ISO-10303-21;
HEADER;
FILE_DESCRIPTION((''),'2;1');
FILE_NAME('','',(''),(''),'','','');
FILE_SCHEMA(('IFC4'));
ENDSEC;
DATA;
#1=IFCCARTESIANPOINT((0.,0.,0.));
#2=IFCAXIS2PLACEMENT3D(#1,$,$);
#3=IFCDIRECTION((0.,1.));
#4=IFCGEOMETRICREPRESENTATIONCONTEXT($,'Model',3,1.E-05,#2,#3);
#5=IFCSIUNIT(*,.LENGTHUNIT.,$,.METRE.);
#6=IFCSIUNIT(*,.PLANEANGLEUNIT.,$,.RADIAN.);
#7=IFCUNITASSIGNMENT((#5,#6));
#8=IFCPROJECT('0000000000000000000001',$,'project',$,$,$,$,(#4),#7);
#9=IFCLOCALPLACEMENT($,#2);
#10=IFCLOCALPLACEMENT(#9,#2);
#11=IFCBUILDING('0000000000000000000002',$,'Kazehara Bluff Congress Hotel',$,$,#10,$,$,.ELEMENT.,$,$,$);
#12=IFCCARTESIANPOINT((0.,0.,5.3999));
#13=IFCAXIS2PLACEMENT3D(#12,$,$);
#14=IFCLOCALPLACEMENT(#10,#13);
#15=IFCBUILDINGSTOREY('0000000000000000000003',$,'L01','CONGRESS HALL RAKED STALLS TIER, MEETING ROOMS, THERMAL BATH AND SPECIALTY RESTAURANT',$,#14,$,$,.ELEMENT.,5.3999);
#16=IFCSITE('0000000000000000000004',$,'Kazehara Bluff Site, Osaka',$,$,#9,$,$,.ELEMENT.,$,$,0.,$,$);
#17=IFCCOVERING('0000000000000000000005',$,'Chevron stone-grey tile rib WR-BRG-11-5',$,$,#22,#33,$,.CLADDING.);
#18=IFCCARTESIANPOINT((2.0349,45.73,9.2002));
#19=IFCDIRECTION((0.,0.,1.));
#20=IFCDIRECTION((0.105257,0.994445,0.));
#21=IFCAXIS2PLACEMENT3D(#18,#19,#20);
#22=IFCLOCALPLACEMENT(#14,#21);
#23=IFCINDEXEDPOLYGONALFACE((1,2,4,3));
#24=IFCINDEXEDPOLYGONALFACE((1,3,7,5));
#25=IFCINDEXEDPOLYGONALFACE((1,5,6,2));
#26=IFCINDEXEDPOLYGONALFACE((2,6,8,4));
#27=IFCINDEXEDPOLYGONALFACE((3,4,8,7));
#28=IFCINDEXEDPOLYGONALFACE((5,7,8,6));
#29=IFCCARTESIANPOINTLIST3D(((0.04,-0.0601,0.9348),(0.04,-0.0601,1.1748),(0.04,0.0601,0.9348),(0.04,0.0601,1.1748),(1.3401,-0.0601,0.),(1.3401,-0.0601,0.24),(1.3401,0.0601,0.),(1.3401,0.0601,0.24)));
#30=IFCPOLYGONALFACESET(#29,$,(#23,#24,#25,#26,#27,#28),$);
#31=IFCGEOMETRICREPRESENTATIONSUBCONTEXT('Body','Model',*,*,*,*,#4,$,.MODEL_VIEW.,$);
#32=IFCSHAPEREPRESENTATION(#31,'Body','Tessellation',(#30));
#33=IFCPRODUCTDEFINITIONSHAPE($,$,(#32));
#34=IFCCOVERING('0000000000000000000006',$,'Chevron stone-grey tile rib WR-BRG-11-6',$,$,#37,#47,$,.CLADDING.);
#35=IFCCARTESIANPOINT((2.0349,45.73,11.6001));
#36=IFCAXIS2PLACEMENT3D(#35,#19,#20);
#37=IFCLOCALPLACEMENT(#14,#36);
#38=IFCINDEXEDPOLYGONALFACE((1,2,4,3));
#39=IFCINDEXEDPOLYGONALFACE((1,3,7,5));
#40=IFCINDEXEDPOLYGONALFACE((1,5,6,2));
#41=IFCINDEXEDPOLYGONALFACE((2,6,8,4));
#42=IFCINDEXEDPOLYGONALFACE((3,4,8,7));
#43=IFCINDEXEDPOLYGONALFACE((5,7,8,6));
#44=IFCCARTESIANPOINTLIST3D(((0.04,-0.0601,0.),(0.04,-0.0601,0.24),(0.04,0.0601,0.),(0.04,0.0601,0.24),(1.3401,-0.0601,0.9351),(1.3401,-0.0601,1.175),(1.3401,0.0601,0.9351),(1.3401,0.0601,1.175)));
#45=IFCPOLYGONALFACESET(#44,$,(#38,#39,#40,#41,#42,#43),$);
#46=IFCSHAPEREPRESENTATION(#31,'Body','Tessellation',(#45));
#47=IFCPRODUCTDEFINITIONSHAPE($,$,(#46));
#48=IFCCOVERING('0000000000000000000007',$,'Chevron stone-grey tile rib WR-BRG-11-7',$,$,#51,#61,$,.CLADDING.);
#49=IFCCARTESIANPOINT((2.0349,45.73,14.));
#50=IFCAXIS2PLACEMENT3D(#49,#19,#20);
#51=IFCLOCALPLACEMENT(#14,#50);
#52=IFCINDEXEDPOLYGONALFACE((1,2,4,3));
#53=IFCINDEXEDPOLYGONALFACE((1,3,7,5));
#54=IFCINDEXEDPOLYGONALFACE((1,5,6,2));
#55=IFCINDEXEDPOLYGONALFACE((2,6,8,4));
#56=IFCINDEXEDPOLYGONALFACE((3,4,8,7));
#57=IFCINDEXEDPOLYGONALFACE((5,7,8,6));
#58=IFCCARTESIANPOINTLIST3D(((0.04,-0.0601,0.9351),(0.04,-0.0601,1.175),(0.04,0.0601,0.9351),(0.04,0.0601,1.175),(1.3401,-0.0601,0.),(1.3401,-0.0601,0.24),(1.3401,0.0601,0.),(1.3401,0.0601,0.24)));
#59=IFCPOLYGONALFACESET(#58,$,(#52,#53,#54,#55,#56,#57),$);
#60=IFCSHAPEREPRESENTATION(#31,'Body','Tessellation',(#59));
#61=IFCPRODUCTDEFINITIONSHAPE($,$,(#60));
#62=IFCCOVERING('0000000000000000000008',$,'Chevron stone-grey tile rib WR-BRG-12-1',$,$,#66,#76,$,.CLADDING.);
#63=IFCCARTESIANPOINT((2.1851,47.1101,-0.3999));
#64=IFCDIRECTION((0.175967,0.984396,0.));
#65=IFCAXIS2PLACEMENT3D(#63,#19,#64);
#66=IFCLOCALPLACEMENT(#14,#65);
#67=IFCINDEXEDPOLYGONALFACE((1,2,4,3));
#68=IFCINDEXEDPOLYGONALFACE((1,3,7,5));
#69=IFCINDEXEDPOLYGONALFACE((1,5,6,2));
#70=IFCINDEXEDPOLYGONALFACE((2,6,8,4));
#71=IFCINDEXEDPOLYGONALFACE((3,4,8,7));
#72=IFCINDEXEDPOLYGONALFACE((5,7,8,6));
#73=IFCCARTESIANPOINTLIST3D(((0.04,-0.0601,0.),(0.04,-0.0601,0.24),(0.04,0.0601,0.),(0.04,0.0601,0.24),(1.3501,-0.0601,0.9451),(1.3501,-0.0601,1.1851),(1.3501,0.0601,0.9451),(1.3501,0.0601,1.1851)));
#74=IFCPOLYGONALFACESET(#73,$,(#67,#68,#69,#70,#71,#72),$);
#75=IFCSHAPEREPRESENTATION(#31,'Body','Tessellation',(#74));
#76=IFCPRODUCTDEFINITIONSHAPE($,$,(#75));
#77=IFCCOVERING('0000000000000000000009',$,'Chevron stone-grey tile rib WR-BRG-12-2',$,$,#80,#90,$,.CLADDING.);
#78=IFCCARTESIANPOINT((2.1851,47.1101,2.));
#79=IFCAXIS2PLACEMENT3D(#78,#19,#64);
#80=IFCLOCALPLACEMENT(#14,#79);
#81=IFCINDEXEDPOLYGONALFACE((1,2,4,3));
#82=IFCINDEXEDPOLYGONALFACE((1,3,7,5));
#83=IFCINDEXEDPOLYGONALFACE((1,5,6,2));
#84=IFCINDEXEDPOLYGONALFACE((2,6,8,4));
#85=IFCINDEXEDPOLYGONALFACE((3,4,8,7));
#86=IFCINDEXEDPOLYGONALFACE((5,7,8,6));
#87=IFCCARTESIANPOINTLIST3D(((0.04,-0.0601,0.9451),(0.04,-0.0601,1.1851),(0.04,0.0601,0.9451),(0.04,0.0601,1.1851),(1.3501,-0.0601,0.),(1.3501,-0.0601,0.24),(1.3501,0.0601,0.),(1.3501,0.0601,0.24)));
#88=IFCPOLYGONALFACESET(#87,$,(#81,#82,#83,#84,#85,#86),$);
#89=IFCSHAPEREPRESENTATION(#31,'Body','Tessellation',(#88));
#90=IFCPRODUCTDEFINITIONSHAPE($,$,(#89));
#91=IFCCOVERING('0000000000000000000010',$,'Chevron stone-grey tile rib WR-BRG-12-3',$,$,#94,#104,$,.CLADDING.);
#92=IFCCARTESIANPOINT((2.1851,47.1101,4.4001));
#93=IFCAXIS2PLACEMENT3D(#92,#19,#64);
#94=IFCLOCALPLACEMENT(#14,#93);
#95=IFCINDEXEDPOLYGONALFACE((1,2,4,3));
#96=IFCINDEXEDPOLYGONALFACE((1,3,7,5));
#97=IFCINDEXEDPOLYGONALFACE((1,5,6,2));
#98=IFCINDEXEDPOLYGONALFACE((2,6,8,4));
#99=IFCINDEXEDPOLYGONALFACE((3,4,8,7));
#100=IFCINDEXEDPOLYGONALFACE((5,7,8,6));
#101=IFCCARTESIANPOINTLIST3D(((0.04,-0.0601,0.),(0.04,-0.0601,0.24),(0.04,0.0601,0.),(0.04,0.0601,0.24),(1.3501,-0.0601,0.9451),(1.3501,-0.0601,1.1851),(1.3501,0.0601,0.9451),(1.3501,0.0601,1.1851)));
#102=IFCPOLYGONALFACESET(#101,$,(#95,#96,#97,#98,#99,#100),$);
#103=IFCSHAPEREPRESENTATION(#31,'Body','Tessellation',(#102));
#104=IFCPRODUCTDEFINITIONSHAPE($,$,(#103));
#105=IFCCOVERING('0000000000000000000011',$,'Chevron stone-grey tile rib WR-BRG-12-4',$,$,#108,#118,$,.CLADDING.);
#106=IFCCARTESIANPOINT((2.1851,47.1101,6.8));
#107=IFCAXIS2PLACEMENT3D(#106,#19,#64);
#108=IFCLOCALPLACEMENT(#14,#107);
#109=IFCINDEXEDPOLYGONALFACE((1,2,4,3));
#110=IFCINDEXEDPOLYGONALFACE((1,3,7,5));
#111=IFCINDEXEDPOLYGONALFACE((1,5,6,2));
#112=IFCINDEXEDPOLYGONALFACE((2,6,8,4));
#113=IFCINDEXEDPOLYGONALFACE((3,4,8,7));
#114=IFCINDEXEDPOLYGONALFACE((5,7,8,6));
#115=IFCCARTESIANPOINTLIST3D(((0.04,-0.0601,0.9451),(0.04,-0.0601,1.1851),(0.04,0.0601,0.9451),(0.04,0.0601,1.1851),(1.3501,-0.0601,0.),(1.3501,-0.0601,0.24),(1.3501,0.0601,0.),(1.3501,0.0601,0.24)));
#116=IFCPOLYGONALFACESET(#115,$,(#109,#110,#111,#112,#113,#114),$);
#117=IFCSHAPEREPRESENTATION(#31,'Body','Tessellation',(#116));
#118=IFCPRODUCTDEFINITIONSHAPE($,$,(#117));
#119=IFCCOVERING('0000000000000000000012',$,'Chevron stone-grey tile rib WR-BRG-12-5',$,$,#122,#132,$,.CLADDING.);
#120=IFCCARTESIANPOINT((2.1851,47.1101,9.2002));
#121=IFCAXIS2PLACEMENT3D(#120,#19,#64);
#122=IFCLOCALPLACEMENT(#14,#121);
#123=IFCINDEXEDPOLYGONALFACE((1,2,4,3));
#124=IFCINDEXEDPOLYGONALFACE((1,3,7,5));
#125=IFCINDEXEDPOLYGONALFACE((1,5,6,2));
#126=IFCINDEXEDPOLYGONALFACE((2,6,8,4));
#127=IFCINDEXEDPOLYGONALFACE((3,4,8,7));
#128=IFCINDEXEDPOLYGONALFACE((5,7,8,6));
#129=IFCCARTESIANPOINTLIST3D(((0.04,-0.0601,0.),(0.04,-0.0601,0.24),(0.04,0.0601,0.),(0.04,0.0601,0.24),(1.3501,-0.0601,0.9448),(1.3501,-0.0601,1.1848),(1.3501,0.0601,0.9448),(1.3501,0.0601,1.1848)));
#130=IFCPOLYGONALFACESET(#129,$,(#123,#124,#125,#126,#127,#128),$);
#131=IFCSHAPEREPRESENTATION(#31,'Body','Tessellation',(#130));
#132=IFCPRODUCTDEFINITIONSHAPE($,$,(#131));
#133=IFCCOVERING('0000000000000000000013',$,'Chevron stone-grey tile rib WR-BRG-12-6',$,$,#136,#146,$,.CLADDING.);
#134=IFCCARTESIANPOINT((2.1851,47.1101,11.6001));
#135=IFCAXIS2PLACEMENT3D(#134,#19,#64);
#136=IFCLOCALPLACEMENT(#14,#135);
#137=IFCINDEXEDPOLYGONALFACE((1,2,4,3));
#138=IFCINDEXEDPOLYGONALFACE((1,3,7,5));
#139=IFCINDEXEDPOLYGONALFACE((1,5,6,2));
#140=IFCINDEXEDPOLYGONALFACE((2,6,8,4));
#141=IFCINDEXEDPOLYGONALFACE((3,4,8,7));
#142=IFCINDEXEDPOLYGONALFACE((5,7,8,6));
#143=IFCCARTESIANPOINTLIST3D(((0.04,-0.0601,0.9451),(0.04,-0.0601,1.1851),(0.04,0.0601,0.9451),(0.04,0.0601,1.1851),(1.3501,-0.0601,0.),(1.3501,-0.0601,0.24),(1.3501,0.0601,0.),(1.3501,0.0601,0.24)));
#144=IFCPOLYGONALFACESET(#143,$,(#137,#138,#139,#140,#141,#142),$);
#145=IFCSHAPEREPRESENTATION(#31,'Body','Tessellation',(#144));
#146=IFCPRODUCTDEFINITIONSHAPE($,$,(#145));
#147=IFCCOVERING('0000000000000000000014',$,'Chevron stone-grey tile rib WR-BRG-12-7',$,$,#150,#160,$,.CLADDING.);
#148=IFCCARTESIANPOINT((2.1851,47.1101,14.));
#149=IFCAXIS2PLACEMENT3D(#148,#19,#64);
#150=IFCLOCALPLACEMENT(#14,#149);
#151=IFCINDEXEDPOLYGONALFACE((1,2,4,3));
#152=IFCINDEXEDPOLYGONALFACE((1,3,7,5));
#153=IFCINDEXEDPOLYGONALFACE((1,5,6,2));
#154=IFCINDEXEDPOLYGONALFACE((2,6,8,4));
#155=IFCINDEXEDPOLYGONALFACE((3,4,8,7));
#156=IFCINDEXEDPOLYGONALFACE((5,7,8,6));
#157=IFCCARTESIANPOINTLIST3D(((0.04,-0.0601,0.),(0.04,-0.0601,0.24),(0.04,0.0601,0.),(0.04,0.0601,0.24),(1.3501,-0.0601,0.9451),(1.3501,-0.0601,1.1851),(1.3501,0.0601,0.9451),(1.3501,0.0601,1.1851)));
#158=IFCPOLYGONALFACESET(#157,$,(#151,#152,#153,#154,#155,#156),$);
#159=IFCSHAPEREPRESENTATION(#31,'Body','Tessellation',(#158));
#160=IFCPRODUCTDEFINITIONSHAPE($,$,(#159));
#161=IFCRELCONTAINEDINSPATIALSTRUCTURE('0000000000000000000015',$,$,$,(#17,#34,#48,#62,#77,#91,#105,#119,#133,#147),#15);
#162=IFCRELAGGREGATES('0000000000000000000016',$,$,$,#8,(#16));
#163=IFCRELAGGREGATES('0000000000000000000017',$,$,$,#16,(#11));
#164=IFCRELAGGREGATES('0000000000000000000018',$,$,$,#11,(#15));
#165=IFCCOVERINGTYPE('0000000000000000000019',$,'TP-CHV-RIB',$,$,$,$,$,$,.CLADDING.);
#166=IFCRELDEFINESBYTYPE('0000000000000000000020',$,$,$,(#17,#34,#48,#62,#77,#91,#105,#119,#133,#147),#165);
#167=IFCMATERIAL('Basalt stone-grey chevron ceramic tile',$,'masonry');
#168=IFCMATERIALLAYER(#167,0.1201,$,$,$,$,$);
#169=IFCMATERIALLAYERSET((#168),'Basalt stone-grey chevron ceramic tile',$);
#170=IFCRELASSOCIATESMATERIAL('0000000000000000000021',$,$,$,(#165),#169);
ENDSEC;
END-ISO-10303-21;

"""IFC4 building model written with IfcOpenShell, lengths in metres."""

from ifc_helpers import new_model, si_unit, direction, frame, origin, place, context, subcontext, project, spatial, polyline, outline, extrude, material, layer, layer_set, type_object, element, save


model = new_model("IFC4")

# Units and contexts
model_context = context("Model", 3, precision=1e-05, world=origin(), true_north=direction((0.0, 1.0)))
body_context = subcontext(model_context, "Body", "Model", "MODEL_VIEW")
ifc_project = project(units=[si_unit("LENGTHUNIT", "METRE"), si_unit("PLANEANGLEUNIT", "RADIAN")], contexts=[model_context])

# Site, building, storey
site_placement = place(None, origin())
site = spatial("IfcSite", under=ifc_project, at=site_placement, Name="Kazehara Bluff Site, Osaka", CompositionType="ELEMENT", RefElevation=0.0)
building_placement = place(site_placement, origin())
building = spatial("IfcBuilding", under=site, at=building_placement, Name="Kazehara Bluff Congress Hotel", CompositionType="ELEMENT")
storey_placement = place(building_placement, frame((0.0, 0.0, 5.3999)))
storey = spatial("IfcBuildingStorey", under=building, at=storey_placement, Name="L01", Description="CONGRESS HALL RAKED STALLS TIER, MEETING ROOMS, THERMAL BATH AND SPECIALTY RESTAURANT", CompositionType="ELEMENT", Elevation=5.3999)

# Coverings
ifc_material_1 = material(Name="Basalt stone-grey chevron ceramic tile", Category="masonry")
ifc_layer_1 = layer(ifc_material_1, 0.1201)
ifc_layer_set_1 = layer_set([ifc_layer_1], Name="Basalt stone-grey chevron ceramic tile")
covering_type_1 = type_object("IfcCoveringType", Name="TP-CHV-RIB", PredefinedType="CLADDING", material=ifc_layer_set_1)
covering_1_placement = place(storey_placement, frame((2.0349, 45.73, 9.2002), z_axis=(0.0, 0.0, 1.0), x_axis=(0.105257, 0.994445, 0.0)))
element("IfcCovering", 1, at=covering_1_placement, inside=storey, type_object=covering_type_1, Name="Chevron stone-grey tile rib WR-BRG-11-5", PredefinedType="CLADDING", context=body_context, shape_type="SweptSolid", body=[
    extrude(outline(polyline([(0.04, 0.9348), (1.3401, 0.0), (1.3401, 0.24), (0.04, 1.1748), (0.04, 0.9348)])), frame((0.0, 0.0601, 0.0), z_axis=(0.0, -1.0, 0.0), x_axis=(1.0, 0.0, 0.0)), (0.0, 0.0, 1.0), 0.1201),
])
covering_2_placement = place(storey_placement, frame((2.0349, 45.73, 11.6001), z_axis=(0.0, 0.0, 1.0), x_axis=(0.105257, 0.994445, 0.0)))
element("IfcCovering", 2, at=covering_2_placement, inside=storey, type_object=covering_type_1, Name="Chevron stone-grey tile rib WR-BRG-11-6", PredefinedType="CLADDING", context=body_context, shape_type="SweptSolid", body=[
    extrude(outline(polyline([(0.04, 0.0), (1.3401, 0.9351), (1.3401, 1.175), (0.04, 0.24), (0.04, 0.0)])), frame((0.0, 0.0601, 0.0), z_axis=(0.0, -1.0, 0.0), x_axis=(1.0, 0.0, 0.0)), (0.0, 0.0, 1.0), 0.1201),
])
covering_3_placement = place(storey_placement, frame((2.0349, 45.73, 14.0), z_axis=(0.0, 0.0, 1.0), x_axis=(0.105257, 0.994445, 0.0)))
element("IfcCovering", 3, at=covering_3_placement, inside=storey, type_object=covering_type_1, Name="Chevron stone-grey tile rib WR-BRG-11-7", PredefinedType="CLADDING", context=body_context, shape_type="SweptSolid", body=[
    extrude(outline(polyline([(0.04, 0.9351), (1.3401, 0.0), (1.3401, 0.24), (0.04, 1.175), (0.04, 0.9351)])), frame((0.0, 0.0601, 0.0), z_axis=(0.0, -1.0, 0.0), x_axis=(1.0, 0.0, 0.0)), (0.0, 0.0, 1.0), 0.1201),
])
covering_4_placement = place(storey_placement, frame((2.1851, 47.1101, -0.3999), z_axis=(0.0, 0.0, 1.0), x_axis=(0.175967, 0.984396, 0.0)))
element("IfcCovering", 4, at=covering_4_placement, inside=storey, type_object=covering_type_1, Name="Chevron stone-grey tile rib WR-BRG-12-1", PredefinedType="CLADDING", context=body_context, shape_type="SweptSolid", body=[
    extrude(outline(polyline([(0.04, 0.0), (1.3501, 0.9451), (1.3501, 1.1851), (0.04, 0.24), (0.04, 0.0)])), frame((0.0, 0.0601, 0.0), z_axis=(0.0, -1.0, 0.0), x_axis=(1.0, 0.0, 0.0)), (0.0, 0.0, 1.0), 0.1201),
])
covering_5_placement = place(storey_placement, frame((2.1851, 47.1101, 2.0), z_axis=(0.0, 0.0, 1.0), x_axis=(0.175967, 0.984396, 0.0)))
element("IfcCovering", 5, at=covering_5_placement, inside=storey, type_object=covering_type_1, Name="Chevron stone-grey tile rib WR-BRG-12-2", PredefinedType="CLADDING", context=body_context, shape_type="SweptSolid", body=[
    extrude(outline(polyline([(0.04, 0.9451), (1.3501, 0.0), (1.3501, 0.24), (0.04, 1.1851), (0.04, 0.9451)])), frame((0.0, 0.0601, 0.0), z_axis=(0.0, -1.0, 0.0), x_axis=(1.0, 0.0, 0.0)), (0.0, 0.0, 1.0), 0.1201),
])
covering_6_placement = place(storey_placement, frame((2.1851, 47.1101, 4.4001), z_axis=(0.0, 0.0, 1.0), x_axis=(0.175967, 0.984396, 0.0)))
element("IfcCovering", 6, at=covering_6_placement, inside=storey, type_object=covering_type_1, Name="Chevron stone-grey tile rib WR-BRG-12-3", PredefinedType="CLADDING", context=body_context, shape_type="SweptSolid", body=[
    extrude(outline(polyline([(0.04, 0.0), (1.3501, 0.9451), (1.3501, 1.1851), (0.04, 0.24), (0.04, 0.0)])), frame((0.0, 0.0601, 0.0), z_axis=(0.0, -1.0, 0.0), x_axis=(1.0, 0.0, 0.0)), (0.0, 0.0, 1.0), 0.1201),
])
covering_7_placement = place(storey_placement, frame((2.1851, 47.1101, 6.8), z_axis=(0.0, 0.0, 1.0), x_axis=(0.175967, 0.984396, 0.0)))
element("IfcCovering", 7, at=covering_7_placement, inside=storey, type_object=covering_type_1, Name="Chevron stone-grey tile rib WR-BRG-12-4", PredefinedType="CLADDING", context=body_context, shape_type="SweptSolid", body=[
    extrude(outline(polyline([(0.04, 0.9451), (1.3501, 0.0), (1.3501, 0.24), (0.04, 1.1851), (0.04, 0.9451)])), frame((0.0, 0.0601, 0.0), z_axis=(0.0, -1.0, 0.0), x_axis=(1.0, 0.0, 0.0)), (0.0, 0.0, 1.0), 0.1201),
])
covering_8_placement = place(storey_placement, frame((2.1851, 47.1101, 9.2002), z_axis=(0.0, 0.0, 1.0), x_axis=(0.175967, 0.984396, 0.0)))
element("IfcCovering", 8, at=covering_8_placement, inside=storey, type_object=covering_type_1, Name="Chevron stone-grey tile rib WR-BRG-12-5", PredefinedType="CLADDING", context=body_context, shape_type="SweptSolid", body=[
    extrude(outline(polyline([(0.04, 0.0), (1.3501, 0.9448), (1.3501, 1.1848), (0.04, 0.24), (0.04, 0.0)])), frame((0.0, 0.0601, 0.0), z_axis=(0.0, -1.0, 0.0), x_axis=(1.0, 0.0, 0.0)), (0.0, 0.0, 1.0), 0.1201),
])
covering_9_placement = place(storey_placement, frame((2.1851, 47.1101, 11.6001), z_axis=(0.0, 0.0, 1.0), x_axis=(0.175967, 0.984396, 0.0)))
element("IfcCovering", 9, at=covering_9_placement, inside=storey, type_object=covering_type_1, Name="Chevron stone-grey tile rib WR-BRG-12-6", PredefinedType="CLADDING", context=body_context, shape_type="SweptSolid", body=[
    extrude(outline(polyline([(0.04, 0.9451), (1.3501, 0.0), (1.3501, 0.24), (0.04, 1.1851), (0.04, 0.9451)])), frame((0.0, 0.0601, 0.0), z_axis=(0.0, -1.0, 0.0), x_axis=(1.0, 0.0, 0.0)), (0.0, 0.0, 1.0), 0.1201),
])
covering_10_placement = place(storey_placement, frame((2.1851, 47.1101, 14.0), z_axis=(0.0, 0.0, 1.0), x_axis=(0.175967, 0.984396, 0.0)))
element("IfcCovering", 10, at=covering_10_placement, inside=storey, type_object=covering_type_1, Name="Chevron stone-grey tile rib WR-BRG-12-7", PredefinedType="CLADDING", context=body_context, shape_type="SweptSolid", body=[
    extrude(outline(polyline([(0.04, 0.0), (1.3501, 0.9451), (1.3501, 1.1851), (0.04, 0.24), (0.04, 0.0)])), frame((0.0, 0.0601, 0.0), z_axis=(0.0, -1.0, 0.0), x_axis=(1.0, 0.0, 0.0)), (0.0, 0.0, 1.0), 0.1201),
])

save(model, "model.ifc")
